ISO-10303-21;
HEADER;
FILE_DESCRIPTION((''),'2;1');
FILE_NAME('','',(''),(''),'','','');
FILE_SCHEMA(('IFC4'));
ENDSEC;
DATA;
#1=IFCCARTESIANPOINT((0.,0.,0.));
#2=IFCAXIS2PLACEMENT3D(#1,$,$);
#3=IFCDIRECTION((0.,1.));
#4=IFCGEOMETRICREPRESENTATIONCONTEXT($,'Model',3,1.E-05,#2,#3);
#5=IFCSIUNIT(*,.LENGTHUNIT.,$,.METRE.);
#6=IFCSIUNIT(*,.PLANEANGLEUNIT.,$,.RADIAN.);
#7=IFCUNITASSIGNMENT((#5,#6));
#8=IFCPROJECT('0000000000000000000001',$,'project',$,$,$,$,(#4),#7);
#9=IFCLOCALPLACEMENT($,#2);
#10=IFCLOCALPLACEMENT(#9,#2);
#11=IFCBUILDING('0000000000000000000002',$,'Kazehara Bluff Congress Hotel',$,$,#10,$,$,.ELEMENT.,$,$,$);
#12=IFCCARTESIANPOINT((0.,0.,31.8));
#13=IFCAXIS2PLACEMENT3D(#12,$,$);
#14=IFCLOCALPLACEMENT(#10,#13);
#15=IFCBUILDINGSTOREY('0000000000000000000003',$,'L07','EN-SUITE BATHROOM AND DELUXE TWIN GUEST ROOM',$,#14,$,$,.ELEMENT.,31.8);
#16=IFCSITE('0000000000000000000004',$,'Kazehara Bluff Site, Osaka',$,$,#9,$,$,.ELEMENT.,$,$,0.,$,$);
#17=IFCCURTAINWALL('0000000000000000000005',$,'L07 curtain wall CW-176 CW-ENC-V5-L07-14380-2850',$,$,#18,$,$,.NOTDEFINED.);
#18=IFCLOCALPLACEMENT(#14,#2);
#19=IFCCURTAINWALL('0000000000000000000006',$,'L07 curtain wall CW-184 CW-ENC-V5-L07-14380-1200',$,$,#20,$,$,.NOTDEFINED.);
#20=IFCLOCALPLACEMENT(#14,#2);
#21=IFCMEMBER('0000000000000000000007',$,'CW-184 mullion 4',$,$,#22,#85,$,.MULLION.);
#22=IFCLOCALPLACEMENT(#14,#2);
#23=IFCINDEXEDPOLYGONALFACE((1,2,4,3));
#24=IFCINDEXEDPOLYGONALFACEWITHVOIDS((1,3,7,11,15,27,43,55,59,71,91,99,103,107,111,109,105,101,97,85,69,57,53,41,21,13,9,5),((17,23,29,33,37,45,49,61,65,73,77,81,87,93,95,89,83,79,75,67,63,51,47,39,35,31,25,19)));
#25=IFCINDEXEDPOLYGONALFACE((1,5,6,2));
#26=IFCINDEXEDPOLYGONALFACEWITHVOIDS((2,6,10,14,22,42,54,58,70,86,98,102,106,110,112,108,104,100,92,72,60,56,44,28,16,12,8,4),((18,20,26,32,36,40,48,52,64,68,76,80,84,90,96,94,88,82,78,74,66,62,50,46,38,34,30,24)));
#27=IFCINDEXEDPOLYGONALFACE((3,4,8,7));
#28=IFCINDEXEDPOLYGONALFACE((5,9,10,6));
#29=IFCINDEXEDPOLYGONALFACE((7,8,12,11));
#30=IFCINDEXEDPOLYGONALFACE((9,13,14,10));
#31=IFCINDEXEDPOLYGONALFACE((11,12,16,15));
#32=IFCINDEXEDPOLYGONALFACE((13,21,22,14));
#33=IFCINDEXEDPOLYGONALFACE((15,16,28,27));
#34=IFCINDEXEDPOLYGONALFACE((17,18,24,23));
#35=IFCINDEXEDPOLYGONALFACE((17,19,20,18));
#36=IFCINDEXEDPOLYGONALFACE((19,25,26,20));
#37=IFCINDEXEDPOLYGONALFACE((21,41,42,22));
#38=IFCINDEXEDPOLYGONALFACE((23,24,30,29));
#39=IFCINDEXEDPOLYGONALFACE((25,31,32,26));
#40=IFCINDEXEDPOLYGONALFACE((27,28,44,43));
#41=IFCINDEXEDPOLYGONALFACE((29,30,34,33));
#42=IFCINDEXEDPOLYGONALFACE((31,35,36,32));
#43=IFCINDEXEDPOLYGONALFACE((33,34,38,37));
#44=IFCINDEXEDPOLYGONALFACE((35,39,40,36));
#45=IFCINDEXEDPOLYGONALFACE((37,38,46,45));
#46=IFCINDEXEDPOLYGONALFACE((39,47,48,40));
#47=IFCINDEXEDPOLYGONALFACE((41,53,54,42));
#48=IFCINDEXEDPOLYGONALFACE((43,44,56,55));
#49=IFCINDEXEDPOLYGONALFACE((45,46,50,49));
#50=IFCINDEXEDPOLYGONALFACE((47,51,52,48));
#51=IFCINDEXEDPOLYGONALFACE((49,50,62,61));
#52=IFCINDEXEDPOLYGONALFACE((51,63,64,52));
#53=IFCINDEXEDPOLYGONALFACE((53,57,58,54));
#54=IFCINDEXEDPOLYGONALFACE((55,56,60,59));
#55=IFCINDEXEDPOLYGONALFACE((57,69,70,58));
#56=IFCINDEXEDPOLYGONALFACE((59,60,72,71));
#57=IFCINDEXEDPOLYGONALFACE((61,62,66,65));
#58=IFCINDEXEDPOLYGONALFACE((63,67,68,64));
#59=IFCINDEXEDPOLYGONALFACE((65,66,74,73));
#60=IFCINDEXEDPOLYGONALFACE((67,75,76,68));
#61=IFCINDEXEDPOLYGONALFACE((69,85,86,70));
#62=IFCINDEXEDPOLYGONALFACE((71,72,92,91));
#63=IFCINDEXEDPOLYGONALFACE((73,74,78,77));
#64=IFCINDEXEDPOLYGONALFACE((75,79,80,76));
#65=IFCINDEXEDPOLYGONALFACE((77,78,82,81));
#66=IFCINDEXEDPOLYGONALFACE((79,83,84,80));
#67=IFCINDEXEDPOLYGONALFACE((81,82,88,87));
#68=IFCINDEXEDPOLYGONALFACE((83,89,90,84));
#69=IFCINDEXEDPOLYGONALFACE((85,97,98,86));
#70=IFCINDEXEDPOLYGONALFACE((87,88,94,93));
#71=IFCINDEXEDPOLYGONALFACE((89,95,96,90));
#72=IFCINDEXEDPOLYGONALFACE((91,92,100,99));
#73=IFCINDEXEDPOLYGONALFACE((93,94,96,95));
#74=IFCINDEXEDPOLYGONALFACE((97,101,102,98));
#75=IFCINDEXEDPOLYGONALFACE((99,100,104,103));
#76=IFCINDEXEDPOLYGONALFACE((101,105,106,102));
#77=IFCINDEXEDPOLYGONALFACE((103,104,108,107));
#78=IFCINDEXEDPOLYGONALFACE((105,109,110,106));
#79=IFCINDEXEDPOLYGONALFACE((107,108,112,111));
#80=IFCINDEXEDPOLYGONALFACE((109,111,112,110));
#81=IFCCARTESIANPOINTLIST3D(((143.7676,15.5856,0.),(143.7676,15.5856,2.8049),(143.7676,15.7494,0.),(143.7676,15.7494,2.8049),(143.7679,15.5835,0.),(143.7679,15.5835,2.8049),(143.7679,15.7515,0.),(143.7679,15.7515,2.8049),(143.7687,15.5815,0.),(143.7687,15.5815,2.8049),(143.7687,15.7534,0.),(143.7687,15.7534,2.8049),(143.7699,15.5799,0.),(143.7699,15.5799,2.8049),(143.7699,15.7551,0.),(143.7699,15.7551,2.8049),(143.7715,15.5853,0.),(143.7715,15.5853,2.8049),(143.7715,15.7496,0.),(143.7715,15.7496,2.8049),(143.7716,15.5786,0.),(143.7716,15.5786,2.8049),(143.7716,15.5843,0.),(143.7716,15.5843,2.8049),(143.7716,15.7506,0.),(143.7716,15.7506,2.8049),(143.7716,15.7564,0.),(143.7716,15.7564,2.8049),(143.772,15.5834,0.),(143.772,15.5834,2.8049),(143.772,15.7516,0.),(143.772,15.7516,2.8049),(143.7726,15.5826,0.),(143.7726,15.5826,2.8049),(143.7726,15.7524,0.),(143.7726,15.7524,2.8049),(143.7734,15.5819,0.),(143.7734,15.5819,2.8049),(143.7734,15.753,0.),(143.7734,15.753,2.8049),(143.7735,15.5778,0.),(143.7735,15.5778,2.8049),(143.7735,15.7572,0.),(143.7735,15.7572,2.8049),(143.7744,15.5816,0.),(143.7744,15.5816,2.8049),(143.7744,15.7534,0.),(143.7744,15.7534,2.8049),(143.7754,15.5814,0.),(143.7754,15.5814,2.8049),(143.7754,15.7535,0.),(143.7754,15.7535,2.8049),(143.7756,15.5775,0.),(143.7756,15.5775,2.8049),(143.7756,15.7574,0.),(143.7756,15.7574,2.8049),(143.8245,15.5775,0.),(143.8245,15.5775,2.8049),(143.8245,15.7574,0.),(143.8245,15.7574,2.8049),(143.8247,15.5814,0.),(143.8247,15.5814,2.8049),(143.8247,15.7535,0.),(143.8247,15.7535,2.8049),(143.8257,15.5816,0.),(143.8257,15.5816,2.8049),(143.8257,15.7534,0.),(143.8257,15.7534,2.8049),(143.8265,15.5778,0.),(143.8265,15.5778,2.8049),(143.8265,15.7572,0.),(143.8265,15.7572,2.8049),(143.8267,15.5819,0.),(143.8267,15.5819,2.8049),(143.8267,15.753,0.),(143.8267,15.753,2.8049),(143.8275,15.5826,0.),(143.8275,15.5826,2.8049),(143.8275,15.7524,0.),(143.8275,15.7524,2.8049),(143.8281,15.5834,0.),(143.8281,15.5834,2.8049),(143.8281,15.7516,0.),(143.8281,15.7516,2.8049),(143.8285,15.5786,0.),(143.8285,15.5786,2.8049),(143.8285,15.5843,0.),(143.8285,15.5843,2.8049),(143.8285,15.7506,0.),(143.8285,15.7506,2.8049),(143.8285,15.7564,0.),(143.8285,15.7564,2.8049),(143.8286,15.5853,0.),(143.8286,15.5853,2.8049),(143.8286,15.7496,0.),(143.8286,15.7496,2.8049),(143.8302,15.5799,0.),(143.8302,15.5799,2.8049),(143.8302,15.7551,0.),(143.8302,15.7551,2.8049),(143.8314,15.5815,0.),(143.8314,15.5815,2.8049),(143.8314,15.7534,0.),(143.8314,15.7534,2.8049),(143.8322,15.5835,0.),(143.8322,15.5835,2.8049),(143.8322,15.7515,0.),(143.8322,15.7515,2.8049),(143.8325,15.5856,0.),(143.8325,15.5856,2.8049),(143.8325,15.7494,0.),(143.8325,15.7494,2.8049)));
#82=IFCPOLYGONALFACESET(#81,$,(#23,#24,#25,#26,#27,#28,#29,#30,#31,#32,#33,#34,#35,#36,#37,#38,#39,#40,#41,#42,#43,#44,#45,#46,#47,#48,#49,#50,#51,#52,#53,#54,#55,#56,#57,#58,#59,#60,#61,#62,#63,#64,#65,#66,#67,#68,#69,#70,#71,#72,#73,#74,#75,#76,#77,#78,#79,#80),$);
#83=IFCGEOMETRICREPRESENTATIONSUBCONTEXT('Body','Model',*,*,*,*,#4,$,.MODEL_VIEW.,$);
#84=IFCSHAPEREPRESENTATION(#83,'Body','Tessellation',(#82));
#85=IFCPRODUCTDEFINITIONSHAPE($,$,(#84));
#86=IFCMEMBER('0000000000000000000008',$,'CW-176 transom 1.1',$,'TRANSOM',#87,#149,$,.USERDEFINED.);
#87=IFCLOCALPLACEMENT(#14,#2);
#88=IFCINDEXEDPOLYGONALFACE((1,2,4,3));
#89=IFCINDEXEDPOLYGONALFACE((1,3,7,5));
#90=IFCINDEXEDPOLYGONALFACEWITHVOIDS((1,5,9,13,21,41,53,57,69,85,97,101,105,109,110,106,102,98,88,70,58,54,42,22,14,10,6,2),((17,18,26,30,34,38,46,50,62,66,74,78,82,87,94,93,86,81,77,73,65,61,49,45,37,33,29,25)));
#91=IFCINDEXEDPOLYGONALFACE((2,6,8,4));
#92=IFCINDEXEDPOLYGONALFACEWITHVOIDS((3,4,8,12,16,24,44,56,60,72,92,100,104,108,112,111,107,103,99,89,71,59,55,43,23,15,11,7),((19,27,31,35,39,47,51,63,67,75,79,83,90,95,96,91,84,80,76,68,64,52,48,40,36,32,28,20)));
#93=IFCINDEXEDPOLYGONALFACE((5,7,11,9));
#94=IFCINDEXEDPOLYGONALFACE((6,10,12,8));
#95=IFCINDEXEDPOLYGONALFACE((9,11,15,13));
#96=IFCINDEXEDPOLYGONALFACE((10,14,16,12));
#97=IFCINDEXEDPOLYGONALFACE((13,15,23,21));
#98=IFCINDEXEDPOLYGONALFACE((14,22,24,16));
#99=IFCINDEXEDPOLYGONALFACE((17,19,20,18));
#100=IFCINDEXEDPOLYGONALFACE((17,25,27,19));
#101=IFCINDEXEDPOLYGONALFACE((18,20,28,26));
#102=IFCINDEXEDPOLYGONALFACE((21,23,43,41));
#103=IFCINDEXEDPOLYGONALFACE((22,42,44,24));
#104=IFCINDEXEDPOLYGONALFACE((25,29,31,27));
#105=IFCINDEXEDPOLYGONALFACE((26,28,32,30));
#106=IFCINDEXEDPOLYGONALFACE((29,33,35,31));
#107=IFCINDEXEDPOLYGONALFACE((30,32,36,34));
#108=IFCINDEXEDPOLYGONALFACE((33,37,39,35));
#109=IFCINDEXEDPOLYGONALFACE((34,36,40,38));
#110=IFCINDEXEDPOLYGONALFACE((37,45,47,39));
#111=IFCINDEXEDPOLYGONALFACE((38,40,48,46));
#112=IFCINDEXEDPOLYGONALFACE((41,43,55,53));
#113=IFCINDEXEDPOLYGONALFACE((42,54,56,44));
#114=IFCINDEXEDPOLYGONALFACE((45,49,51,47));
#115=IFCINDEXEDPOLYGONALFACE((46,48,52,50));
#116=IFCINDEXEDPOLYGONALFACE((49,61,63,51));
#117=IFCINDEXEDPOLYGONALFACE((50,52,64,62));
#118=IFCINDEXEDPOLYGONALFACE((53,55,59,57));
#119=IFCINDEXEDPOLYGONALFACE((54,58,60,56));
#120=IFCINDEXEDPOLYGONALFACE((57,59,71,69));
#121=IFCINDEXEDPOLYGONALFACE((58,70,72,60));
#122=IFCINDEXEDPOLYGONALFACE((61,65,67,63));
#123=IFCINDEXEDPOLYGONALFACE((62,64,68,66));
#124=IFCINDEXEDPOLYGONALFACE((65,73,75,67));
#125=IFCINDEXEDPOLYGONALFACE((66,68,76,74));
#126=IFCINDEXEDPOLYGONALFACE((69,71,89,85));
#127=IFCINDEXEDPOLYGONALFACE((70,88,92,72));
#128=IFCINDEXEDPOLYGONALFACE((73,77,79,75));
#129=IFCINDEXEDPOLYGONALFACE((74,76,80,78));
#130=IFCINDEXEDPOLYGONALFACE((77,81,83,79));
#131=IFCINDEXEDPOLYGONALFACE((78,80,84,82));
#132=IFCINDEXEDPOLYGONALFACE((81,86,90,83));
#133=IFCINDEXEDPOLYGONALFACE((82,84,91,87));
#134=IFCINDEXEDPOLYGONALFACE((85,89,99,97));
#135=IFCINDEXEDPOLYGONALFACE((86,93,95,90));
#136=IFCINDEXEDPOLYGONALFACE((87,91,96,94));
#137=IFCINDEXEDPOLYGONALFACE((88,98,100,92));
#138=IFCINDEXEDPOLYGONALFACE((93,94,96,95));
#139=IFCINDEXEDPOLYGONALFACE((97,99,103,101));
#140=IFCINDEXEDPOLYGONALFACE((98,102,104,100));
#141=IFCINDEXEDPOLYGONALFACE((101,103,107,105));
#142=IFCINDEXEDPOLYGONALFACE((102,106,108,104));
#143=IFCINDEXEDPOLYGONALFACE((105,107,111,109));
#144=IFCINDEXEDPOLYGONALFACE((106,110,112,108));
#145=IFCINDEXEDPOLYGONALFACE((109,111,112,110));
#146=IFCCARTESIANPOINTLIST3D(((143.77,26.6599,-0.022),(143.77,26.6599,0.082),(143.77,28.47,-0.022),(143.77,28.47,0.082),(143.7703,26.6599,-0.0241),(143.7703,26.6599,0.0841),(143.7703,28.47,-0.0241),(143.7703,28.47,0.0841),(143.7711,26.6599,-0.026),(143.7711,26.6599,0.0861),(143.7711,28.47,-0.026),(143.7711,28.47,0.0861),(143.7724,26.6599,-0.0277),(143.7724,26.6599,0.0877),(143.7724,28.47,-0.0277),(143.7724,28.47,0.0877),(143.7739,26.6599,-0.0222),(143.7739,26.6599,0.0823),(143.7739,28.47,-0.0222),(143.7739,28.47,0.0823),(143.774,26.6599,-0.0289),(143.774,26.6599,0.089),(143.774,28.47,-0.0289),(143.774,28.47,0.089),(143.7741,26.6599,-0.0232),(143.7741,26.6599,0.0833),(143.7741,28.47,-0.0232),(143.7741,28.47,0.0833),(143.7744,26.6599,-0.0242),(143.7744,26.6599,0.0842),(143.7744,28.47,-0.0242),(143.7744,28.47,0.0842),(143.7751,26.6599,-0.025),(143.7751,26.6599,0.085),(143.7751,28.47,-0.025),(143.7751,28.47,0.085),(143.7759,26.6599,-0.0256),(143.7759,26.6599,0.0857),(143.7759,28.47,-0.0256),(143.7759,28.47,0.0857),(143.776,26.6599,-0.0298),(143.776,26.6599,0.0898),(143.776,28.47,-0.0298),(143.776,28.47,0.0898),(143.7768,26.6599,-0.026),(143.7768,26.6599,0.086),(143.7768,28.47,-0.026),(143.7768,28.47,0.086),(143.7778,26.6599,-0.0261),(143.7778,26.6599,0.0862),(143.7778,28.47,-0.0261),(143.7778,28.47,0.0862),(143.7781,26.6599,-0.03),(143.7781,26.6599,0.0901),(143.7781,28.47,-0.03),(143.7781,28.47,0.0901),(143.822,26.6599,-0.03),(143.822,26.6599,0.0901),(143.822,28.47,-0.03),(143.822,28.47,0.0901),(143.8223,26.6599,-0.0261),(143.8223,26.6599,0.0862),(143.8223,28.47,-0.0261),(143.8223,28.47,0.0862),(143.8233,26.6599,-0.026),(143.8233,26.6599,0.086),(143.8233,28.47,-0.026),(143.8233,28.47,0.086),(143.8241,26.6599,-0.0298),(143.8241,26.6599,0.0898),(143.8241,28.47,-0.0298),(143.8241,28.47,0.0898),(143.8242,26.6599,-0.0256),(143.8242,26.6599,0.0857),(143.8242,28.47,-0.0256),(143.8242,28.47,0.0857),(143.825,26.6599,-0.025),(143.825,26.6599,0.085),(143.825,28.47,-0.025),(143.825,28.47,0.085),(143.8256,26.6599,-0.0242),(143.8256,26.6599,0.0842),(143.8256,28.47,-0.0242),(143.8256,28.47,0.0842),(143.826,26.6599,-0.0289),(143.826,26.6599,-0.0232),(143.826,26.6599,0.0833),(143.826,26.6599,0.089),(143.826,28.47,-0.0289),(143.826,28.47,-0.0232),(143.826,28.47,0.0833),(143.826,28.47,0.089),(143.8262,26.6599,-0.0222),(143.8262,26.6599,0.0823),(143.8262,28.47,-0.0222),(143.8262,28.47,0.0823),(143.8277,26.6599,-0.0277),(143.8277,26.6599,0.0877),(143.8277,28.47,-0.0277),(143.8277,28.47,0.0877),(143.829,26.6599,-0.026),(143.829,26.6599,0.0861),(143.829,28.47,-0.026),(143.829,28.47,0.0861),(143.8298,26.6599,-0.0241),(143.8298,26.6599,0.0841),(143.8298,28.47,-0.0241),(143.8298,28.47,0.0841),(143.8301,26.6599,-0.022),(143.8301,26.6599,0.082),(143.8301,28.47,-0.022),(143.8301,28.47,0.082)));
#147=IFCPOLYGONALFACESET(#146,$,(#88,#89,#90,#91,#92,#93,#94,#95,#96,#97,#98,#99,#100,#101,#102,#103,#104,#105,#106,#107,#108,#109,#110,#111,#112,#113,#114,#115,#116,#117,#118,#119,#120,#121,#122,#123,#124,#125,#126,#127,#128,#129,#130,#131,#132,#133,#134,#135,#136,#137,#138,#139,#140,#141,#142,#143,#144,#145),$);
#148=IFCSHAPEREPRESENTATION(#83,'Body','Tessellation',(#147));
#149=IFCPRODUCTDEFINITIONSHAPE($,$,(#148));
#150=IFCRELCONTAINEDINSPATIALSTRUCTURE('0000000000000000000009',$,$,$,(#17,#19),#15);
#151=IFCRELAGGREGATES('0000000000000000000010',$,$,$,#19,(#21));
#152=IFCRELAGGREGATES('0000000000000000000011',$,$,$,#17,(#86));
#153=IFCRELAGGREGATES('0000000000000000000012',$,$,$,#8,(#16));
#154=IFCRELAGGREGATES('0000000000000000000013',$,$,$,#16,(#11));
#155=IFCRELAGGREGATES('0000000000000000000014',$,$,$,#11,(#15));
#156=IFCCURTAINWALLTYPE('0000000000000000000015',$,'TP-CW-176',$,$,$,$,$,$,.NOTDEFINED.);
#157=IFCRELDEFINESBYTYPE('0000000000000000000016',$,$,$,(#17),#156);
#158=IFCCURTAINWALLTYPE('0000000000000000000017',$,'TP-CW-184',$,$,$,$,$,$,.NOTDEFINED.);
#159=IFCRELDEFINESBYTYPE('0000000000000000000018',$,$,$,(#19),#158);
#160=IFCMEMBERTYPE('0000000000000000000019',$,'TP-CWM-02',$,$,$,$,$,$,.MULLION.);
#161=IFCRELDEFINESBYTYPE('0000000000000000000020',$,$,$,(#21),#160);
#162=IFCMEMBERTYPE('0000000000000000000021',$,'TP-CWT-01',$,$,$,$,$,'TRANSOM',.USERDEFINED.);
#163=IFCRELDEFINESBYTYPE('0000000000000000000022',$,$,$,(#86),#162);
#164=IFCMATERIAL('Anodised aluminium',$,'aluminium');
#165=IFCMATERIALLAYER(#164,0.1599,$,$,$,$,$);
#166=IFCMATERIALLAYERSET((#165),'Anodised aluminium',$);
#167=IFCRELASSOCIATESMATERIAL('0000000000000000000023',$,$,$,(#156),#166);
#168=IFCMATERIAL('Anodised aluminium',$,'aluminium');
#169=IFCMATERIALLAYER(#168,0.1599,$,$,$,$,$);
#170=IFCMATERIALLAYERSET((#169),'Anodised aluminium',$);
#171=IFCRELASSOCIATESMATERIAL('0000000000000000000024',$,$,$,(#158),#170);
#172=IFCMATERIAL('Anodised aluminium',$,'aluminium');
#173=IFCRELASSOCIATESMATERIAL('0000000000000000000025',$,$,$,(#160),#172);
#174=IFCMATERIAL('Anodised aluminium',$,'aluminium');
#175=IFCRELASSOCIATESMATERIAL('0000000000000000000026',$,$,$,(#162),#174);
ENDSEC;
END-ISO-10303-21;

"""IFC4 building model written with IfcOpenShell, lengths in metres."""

from ifc_helpers import new_model, si_unit, direction, frame, origin, origin_2d, place, context, subcontext, project, spatial, hollow_rectangle, extrude, material, layer, layer_set, material_profile, profile_set, type_object, element, aggregate, save


model = new_model("IFC4")

# Units and contexts
model_context = context("Model", 3, precision=1e-05, world=origin(), true_north=direction((0.0, 1.0)))
body_context = subcontext(model_context, "Body", "Model", "MODEL_VIEW")
ifc_project = project(units=[si_unit("LENGTHUNIT", "METRE"), si_unit("PLANEANGLEUNIT", "RADIAN")], contexts=[model_context])

# Site, building, storey
site_placement = place(None, origin())
site = spatial("IfcSite", under=ifc_project, at=site_placement, Name="Kazehara Bluff Site, Osaka", CompositionType="ELEMENT", RefElevation=0.0)
building_placement = place(site_placement, origin())
building = spatial("IfcBuilding", under=site, at=building_placement, Name="Kazehara Bluff Congress Hotel", CompositionType="ELEMENT")
storey_placement = place(building_placement, frame((0.0, 0.0, 31.8)))
storey = spatial("IfcBuildingStorey", under=building, at=storey_placement, Name="L07", Description="EN-SUITE BATHROOM AND DELUXE TWIN GUEST ROOM", CompositionType="ELEMENT", Elevation=31.8)

# Curtain walls, member
ifc_material_1 = material(Name="Anodised aluminium", Category="aluminium")
ifc_layer_1 = layer(ifc_material_1, 0.1599)
ifc_layer_set_1 = layer_set([ifc_layer_1], Name="Anodised aluminium")
curtain_wall_type_1 = type_object("IfcCurtainWallType", Name="TP-CW-176", PredefinedType="NOTDEFINED", material=ifc_layer_set_1)
curtain_wall_1_placement = place(storey_placement, origin())
curtain_wall_1 = element("IfcCurtainWall", 1, at=curtain_wall_1_placement, inside=storey, type_object=curtain_wall_type_1, Name="L07 curtain wall CW-176 CW-ENC-V5-L07-14380-2850", PredefinedType="NOTDEFINED")
ifc_material_2 = material(Name="Anodised aluminium", Category="aluminium")
ifc_layer_2 = layer(ifc_material_2, 0.1599)
ifc_layer_set_2 = layer_set([ifc_layer_2], Name="Anodised aluminium")
curtain_wall_type_2 = type_object("IfcCurtainWallType", Name="TP-CW-184", PredefinedType="NOTDEFINED", material=ifc_layer_set_2)
curtain_wall_2_placement = place(storey_placement, origin())
curtain_wall_2 = element("IfcCurtainWall", 2, at=curtain_wall_2_placement, inside=storey, type_object=curtain_wall_type_2, Name="L07 curtain wall CW-184 CW-ENC-V5-L07-14380-1200", PredefinedType="NOTDEFINED")
ifc_material_3 = material(Name="Anodised aluminium", Category="aluminium")
ifc_material_profile_1 = material_profile(ifc_material_3, hollow_rectangle(XDim=0.0649, YDim=0.1799, WallThickness=0.0039, InnerFilletRadius=0.0039, OuterFilletRadius=0.0081, at=origin_2d()))
ifc_profile_set_1 = profile_set([ifc_material_profile_1], Name="Anodised aluminium")
member_type_1 = type_object("IfcMemberType", Name="TP-CWM-02", PredefinedType="MULLION", material=ifc_profile_set_1)
member_1_placement = place(storey_placement, frame((143.8, 15.6675, 0.0), z_axis=(0.0, 0.0, 1.0), x_axis=(-1.0, 0.0, 0.0)))
member_1 = element("IfcMember", 3, at=member_1_placement, type_object=member_type_1, Name="CW-184 mullion 4", PredefinedType="MULLION", context=body_context, shape_type="SweptSolid", body=[
    extrude(hollow_rectangle(XDim=0.0649, YDim=0.1799, WallThickness=0.0039, InnerFilletRadius=0.0039, OuterFilletRadius=0.0081, at=origin_2d()), origin(), (0.0, 0.0, 1.0), 2.8049),
])

# Member
ifc_material_4 = material(Name="Anodised aluminium", Category="aluminium")
ifc_material_profile_2 = material_profile(ifc_material_4, hollow_rectangle(XDim=0.0601, YDim=0.1201, WallThickness=0.0039, InnerFilletRadius=0.0039, OuterFilletRadius=0.0081, at=origin_2d()))
ifc_profile_set_2 = profile_set([ifc_material_profile_2], Name="Anodised aluminium")
member_type_2 = type_object("IfcMemberType", Name="TP-CWT-01", ElementType="TRANSOM", PredefinedType="USERDEFINED", material=ifc_profile_set_2)
member_2_placement = place(storey_placement, frame((143.8, 26.6599, 0.03), z_axis=(0.0, 1.0, 0.0), x_axis=(-1.0, 0.0, 0.0)))
member_2 = element("IfcMember", 4, at=member_2_placement, type_object=member_type_2, Name="CW-176 transom 1.1", ObjectType="TRANSOM", PredefinedType="USERDEFINED", context=body_context, shape_type="SweptSolid", body=[
    extrude(hollow_rectangle(XDim=0.0601, YDim=0.1201, WallThickness=0.0039, InnerFilletRadius=0.0039, OuterFilletRadius=0.0081, at=origin_2d()), origin(), (0.0, 0.0, 1.0), 1.8101),
])

aggregate(curtain_wall_2, [member_1])
aggregate(curtain_wall_1, [member_2])

save(model, "model.ifc")
